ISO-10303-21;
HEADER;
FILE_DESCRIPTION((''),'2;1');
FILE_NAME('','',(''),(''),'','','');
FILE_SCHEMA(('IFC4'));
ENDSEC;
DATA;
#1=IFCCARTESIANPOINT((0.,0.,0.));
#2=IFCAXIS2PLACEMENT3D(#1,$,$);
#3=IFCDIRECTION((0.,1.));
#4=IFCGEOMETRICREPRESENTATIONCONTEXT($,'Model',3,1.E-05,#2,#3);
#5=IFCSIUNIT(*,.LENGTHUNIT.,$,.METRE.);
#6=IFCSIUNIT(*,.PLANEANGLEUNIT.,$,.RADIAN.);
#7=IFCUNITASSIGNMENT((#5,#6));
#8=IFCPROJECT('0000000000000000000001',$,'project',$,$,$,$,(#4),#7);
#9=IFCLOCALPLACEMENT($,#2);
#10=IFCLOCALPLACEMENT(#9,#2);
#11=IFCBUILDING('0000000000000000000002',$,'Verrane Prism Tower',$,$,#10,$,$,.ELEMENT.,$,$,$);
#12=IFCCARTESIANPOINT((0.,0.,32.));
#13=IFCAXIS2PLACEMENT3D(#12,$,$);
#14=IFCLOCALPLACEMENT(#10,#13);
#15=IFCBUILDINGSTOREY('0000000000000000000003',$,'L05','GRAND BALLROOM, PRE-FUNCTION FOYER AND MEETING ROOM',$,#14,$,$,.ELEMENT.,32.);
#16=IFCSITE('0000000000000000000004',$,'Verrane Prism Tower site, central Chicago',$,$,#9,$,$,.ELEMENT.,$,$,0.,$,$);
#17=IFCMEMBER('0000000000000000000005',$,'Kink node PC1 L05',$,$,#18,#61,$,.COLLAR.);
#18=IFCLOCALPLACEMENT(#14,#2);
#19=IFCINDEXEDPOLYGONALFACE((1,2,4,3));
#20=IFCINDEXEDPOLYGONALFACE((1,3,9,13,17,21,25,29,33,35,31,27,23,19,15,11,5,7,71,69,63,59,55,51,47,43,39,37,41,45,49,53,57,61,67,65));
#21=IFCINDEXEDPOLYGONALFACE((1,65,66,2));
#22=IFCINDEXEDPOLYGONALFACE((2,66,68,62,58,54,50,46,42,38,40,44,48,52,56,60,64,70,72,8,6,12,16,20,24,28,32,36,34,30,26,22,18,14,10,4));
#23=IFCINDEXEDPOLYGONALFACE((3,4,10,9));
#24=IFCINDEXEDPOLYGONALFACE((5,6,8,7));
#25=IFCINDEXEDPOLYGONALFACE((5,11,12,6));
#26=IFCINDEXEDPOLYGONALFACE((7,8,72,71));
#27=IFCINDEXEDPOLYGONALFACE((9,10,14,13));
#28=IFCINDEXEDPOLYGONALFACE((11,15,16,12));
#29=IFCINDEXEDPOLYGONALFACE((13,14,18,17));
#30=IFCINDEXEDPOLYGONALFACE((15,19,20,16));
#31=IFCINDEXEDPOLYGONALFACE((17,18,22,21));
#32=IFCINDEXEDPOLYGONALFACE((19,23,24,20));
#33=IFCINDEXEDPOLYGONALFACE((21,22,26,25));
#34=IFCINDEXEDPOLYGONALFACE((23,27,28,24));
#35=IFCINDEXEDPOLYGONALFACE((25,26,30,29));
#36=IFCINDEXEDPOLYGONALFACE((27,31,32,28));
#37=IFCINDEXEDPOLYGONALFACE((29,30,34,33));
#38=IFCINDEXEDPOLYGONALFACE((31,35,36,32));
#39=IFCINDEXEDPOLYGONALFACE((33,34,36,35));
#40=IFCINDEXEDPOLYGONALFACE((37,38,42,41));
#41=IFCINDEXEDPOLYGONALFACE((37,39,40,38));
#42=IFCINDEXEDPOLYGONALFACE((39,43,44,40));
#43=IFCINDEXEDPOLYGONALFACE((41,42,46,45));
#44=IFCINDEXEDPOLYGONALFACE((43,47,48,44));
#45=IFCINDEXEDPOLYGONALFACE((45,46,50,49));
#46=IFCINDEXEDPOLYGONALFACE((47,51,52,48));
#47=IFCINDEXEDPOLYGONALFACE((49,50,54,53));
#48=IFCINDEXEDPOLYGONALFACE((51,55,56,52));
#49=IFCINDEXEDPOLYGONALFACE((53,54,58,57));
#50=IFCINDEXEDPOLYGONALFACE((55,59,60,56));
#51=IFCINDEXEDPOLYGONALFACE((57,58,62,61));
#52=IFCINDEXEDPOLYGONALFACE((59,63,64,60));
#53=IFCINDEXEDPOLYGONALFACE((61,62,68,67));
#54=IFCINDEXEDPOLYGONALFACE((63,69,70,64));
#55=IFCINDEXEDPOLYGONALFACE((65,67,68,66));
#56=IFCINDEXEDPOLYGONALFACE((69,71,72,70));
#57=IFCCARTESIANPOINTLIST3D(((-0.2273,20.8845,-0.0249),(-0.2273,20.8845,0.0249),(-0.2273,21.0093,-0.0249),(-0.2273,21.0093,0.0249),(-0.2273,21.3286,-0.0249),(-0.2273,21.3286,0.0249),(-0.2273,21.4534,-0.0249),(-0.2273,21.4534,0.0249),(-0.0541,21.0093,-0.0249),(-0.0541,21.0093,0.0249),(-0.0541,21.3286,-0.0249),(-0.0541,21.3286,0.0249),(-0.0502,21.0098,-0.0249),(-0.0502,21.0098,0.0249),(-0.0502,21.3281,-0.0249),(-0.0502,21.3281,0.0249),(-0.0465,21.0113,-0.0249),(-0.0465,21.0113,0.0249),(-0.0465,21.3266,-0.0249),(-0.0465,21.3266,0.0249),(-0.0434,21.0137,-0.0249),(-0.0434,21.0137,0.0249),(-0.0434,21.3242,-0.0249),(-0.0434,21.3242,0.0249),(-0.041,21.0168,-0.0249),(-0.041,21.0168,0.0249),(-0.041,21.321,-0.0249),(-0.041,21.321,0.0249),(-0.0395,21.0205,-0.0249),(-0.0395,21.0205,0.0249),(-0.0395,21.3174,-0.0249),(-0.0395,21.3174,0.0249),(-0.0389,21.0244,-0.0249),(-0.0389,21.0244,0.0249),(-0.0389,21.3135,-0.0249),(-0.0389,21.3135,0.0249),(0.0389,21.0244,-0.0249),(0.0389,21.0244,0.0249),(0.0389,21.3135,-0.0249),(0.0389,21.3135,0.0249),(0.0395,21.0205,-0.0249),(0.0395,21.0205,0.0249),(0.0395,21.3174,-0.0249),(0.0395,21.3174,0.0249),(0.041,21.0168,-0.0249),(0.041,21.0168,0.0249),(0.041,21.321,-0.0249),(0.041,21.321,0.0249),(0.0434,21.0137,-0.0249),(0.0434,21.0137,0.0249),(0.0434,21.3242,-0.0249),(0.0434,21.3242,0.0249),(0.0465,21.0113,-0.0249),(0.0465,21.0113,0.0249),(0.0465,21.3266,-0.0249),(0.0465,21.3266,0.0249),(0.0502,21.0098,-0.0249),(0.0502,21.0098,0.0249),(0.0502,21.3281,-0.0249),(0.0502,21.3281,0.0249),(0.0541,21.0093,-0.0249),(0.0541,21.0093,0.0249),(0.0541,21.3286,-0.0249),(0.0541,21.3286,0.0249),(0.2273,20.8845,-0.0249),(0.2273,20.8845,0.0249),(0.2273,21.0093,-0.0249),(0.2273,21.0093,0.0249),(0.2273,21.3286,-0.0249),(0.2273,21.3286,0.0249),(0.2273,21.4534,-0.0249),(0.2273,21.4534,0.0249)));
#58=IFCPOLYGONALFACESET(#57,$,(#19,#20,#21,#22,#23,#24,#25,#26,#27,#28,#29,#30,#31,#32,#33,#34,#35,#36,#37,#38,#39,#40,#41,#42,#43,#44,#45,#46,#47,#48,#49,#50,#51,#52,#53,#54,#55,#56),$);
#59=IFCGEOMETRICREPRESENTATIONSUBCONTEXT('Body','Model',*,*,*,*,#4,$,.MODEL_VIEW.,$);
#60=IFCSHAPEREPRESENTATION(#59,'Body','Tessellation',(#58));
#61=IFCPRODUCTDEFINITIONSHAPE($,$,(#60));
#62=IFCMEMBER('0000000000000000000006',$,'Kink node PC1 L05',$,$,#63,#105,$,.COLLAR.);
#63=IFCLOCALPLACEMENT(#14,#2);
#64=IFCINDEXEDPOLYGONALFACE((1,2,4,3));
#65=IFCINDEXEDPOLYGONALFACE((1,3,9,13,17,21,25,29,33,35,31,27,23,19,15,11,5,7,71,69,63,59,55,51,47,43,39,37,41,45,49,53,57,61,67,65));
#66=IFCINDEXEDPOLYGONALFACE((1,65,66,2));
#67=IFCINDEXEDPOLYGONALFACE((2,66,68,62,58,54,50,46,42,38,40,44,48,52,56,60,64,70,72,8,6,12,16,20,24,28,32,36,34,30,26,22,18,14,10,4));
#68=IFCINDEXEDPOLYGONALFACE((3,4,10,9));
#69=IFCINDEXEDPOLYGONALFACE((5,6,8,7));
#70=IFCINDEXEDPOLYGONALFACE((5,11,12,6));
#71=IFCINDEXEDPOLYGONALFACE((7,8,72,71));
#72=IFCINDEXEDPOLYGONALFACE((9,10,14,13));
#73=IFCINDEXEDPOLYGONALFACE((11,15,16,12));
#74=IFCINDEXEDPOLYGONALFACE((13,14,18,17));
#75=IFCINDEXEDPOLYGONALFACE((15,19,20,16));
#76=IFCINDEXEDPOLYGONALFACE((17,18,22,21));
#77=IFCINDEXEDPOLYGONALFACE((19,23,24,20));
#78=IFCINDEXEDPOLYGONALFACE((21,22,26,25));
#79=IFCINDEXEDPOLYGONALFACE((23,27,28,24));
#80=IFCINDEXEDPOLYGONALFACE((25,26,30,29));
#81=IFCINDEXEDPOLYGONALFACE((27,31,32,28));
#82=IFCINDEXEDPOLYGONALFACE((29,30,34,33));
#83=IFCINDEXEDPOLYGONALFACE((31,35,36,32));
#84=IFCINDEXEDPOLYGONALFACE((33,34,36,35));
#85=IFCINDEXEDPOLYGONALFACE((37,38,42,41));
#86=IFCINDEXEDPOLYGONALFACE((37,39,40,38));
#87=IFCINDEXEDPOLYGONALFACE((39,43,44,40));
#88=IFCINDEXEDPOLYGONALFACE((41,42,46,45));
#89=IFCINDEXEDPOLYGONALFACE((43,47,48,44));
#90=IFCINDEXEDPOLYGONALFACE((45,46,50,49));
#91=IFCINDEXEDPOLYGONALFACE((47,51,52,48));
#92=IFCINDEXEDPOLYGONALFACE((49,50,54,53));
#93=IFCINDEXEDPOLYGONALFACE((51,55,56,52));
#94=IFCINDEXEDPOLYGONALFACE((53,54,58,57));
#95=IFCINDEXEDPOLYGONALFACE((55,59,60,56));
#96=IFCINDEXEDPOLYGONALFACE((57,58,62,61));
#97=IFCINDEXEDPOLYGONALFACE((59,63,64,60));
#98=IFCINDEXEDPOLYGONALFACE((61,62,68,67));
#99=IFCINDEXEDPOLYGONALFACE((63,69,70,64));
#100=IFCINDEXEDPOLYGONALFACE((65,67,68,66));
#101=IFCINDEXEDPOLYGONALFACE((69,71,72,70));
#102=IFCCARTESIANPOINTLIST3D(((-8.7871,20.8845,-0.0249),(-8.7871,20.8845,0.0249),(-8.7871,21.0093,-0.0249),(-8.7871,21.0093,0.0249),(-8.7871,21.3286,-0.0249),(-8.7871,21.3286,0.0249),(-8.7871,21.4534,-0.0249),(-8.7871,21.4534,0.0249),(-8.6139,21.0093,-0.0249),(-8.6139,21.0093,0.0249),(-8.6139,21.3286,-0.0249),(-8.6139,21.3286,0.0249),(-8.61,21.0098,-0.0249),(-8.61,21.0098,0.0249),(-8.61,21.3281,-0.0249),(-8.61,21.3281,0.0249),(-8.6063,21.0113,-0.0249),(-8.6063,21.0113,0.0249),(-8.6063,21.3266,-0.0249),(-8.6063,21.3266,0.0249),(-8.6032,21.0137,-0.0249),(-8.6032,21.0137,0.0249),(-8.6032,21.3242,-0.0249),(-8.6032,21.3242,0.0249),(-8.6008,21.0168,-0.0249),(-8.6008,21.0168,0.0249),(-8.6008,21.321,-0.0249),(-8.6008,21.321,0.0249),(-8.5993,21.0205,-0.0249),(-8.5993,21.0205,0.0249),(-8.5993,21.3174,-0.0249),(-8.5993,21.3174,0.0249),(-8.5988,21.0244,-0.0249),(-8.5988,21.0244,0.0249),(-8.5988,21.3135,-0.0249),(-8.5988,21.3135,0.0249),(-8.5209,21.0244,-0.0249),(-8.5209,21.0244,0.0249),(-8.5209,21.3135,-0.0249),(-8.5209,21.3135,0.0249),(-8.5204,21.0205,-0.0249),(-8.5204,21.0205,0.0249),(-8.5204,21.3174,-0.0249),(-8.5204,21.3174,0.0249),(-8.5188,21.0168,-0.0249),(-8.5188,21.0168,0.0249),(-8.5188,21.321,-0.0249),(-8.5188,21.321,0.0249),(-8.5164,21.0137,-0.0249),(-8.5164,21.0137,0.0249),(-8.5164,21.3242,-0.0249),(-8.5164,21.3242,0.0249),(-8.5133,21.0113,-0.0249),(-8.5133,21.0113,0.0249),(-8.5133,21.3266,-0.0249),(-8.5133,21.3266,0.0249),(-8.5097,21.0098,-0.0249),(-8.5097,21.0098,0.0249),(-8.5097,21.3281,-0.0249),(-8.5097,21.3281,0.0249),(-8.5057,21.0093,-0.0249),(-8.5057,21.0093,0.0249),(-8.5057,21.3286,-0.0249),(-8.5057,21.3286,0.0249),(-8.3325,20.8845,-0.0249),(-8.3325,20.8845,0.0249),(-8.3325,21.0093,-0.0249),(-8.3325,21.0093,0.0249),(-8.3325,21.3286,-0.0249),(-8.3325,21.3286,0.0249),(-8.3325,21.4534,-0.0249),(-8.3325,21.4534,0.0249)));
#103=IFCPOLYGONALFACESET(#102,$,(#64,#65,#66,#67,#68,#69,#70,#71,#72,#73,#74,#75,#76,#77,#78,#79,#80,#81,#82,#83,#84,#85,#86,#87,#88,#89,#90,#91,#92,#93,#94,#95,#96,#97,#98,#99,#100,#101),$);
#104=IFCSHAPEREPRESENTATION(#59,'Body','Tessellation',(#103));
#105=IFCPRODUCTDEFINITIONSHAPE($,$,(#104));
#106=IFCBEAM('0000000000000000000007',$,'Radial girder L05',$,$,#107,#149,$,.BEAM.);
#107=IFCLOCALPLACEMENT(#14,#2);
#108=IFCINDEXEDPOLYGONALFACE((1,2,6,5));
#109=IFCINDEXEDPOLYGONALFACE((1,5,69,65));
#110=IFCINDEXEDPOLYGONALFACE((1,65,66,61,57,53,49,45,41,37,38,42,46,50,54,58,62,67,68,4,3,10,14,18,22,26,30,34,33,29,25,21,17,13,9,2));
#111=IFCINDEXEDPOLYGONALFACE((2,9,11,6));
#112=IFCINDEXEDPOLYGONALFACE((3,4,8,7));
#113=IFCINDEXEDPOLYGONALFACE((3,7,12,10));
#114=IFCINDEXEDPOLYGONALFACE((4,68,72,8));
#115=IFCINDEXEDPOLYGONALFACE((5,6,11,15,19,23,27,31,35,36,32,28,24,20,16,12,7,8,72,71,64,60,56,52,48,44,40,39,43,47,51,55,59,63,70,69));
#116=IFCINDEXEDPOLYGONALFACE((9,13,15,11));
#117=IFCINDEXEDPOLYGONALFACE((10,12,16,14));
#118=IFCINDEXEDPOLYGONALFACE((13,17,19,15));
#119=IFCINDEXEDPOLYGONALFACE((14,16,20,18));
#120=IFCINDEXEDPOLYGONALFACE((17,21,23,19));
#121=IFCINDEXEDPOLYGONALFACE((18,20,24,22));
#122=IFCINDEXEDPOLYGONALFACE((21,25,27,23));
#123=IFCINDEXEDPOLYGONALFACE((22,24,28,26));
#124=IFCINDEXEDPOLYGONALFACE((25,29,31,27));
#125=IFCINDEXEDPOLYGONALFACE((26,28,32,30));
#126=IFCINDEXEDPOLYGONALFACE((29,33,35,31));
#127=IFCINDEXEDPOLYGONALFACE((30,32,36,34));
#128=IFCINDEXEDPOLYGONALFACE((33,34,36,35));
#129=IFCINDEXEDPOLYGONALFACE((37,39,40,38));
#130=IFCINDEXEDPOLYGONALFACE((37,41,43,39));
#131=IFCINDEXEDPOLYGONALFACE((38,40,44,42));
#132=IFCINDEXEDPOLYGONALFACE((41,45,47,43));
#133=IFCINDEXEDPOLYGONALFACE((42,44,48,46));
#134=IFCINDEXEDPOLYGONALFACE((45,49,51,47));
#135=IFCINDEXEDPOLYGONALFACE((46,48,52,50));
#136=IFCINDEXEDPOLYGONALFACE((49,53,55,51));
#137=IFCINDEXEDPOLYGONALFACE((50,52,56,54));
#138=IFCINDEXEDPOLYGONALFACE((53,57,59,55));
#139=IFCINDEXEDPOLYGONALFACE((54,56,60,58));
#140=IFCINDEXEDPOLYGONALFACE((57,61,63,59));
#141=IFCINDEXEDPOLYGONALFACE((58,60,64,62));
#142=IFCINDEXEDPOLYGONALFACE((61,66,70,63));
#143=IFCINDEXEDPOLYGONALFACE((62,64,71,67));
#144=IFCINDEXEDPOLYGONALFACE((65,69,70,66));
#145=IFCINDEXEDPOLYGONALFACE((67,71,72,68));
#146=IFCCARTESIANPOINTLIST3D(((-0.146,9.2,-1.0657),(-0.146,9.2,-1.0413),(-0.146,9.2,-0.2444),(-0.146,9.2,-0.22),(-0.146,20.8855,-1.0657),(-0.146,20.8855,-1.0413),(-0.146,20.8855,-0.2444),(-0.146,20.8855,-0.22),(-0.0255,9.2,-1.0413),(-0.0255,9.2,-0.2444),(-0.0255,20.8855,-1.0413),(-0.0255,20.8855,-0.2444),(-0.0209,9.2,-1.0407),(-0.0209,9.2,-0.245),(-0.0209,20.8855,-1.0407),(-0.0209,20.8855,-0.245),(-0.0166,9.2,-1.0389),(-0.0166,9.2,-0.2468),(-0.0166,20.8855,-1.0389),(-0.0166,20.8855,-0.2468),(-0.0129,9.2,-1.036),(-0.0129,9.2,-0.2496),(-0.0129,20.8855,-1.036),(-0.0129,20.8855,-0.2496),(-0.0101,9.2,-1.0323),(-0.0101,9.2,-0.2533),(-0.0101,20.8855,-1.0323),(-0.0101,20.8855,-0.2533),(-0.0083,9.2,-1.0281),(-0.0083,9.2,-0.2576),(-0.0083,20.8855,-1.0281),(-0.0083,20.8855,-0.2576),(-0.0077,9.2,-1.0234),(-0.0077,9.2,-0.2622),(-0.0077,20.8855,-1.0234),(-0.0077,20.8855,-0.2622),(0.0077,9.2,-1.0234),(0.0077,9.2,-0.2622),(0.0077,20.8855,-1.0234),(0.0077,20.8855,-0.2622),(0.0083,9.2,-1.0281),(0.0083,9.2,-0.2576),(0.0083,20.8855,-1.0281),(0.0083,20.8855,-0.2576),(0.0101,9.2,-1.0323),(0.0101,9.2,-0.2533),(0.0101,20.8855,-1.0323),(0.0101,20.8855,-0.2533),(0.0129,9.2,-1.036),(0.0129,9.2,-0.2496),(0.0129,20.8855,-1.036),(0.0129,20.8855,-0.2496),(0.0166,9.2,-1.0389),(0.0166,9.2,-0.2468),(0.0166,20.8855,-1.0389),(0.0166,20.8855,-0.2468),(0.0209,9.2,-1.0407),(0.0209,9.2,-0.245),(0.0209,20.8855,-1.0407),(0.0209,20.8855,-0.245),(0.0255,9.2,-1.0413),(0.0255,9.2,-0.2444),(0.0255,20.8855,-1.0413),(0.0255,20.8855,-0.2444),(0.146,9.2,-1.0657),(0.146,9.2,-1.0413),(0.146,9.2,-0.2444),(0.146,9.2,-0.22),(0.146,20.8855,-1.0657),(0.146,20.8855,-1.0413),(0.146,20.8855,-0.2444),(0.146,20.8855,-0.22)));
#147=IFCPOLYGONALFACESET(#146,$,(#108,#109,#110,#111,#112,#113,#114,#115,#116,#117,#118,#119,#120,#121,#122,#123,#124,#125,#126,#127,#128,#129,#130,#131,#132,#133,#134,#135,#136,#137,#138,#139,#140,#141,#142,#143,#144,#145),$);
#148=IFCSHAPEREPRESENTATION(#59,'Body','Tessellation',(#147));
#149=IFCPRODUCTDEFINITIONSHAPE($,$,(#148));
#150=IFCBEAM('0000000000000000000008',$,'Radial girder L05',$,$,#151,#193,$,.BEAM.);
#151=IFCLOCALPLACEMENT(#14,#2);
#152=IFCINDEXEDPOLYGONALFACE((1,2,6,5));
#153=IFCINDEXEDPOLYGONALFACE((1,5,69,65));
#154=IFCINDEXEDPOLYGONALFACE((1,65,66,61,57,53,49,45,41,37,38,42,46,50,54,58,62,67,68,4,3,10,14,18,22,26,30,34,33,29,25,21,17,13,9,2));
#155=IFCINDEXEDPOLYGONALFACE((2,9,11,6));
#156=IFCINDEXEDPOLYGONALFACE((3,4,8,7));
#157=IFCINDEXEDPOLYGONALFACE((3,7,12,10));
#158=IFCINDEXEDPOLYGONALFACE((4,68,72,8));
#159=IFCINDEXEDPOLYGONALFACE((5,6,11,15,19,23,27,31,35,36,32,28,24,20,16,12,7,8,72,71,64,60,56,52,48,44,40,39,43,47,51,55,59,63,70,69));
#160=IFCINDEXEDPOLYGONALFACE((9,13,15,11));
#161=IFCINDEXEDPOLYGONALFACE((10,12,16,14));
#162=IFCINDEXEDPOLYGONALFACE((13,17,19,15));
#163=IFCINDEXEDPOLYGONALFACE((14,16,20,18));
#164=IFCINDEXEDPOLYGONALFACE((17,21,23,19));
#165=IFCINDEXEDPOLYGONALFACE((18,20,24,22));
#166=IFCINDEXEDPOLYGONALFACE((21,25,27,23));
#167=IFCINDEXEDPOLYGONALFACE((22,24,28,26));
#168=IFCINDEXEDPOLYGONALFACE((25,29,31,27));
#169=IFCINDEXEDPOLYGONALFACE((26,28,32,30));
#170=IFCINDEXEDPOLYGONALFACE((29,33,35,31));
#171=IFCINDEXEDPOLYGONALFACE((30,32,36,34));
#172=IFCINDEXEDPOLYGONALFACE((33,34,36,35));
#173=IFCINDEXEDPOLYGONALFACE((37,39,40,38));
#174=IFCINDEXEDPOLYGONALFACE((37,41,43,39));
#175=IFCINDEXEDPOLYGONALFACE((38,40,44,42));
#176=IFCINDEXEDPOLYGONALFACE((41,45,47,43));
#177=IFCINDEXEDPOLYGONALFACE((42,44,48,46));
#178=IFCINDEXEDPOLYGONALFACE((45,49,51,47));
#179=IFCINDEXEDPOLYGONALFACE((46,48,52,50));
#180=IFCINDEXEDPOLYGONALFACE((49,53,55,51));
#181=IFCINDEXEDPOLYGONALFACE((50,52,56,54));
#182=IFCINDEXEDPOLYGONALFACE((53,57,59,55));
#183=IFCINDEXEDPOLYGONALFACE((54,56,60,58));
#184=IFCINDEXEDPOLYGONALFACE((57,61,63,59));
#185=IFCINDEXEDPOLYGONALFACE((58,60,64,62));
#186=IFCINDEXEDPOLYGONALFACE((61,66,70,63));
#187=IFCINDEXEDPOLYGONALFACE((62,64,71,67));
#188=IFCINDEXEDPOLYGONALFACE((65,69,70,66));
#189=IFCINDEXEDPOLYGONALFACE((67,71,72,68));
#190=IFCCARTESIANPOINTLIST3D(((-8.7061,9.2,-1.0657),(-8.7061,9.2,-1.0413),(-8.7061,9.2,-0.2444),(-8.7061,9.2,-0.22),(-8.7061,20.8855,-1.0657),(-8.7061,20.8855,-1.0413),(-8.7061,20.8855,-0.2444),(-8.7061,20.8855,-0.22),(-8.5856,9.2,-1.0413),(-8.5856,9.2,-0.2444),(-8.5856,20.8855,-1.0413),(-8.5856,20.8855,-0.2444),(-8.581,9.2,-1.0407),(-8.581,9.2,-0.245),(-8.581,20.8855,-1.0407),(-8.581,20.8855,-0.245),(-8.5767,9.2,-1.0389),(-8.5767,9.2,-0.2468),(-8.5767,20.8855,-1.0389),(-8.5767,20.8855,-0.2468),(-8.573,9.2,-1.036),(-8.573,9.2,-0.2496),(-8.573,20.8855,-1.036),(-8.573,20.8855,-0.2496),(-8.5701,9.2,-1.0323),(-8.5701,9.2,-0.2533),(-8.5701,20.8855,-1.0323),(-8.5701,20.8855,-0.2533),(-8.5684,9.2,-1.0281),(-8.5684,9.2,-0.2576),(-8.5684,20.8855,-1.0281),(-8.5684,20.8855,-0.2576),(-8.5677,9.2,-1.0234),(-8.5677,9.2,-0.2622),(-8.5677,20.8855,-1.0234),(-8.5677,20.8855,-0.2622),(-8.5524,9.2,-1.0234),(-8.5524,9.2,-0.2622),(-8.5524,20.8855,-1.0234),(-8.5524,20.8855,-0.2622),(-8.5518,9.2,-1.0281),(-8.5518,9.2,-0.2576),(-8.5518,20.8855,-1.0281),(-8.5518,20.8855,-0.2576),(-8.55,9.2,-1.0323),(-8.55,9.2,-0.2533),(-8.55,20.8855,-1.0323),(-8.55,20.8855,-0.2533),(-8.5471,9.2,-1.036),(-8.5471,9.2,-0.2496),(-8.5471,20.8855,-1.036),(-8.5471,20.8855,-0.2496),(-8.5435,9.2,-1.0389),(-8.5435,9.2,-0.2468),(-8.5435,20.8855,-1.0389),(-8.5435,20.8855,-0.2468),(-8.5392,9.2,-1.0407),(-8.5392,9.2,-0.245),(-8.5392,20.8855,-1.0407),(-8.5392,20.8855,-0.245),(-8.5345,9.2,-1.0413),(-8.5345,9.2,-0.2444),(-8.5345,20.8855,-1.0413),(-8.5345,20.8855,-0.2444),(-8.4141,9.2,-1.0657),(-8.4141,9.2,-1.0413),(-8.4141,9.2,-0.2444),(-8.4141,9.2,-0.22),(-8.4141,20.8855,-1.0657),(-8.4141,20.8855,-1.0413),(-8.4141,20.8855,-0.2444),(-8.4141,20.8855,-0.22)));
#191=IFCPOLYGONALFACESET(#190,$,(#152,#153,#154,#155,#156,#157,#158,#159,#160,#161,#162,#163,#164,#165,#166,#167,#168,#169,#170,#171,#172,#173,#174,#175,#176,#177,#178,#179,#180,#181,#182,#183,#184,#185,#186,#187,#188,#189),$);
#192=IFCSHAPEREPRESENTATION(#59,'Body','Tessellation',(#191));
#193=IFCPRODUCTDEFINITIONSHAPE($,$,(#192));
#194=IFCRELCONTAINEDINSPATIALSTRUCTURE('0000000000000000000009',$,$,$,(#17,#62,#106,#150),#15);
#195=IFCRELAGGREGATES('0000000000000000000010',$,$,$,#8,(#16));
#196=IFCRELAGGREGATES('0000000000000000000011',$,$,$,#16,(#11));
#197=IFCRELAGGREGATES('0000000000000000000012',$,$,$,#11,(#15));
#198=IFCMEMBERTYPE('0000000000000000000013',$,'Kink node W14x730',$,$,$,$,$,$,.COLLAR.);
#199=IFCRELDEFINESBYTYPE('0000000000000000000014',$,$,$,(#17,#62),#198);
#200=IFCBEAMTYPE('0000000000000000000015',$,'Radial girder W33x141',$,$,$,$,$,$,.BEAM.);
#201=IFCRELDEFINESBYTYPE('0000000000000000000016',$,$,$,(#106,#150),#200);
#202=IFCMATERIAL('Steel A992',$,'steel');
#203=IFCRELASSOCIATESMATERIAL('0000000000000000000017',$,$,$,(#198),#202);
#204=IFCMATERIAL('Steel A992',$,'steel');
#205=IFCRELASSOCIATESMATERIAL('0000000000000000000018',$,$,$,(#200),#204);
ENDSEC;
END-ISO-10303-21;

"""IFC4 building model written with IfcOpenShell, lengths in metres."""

from ifc_helpers import new_model, si_unit, direction, frame, origin, origin_2d, place, context, subcontext, project, spatial, i_section, extrude, material, material_profile, profile_set, type_object, element, save


model = new_model("IFC4")

# Units and contexts
model_context = context("Model", 3, precision=1e-05, world=origin(), true_north=direction((0.0, 1.0)))
body_context = subcontext(model_context, "Body", "Model", "MODEL_VIEW")
ifc_project = project(units=[si_unit("LENGTHUNIT", "METRE"), si_unit("PLANEANGLEUNIT", "RADIAN")], contexts=[model_context])

# Site, building, storey
site_placement = place(None, origin())
site = spatial("IfcSite", under=ifc_project, at=site_placement, Name="Verrane Prism Tower site, central Chicago", CompositionType="ELEMENT", RefElevation=0.0)
building_placement = place(site_placement, origin())
building = spatial("IfcBuilding", under=site, at=building_placement, Name="Verrane Prism Tower", CompositionType="ELEMENT")
storey_placement = place(building_placement, frame((0.0, 0.0, 32.0)))
storey = spatial("IfcBuildingStorey", under=building, at=storey_placement, Name="L05", Description="GRAND BALLROOM, PRE-FUNCTION FOYER AND MEETING ROOM", CompositionType="ELEMENT", Elevation=32.0)

# Members
ifc_material_1 = material(Name="Steel A992", Category="steel")
ifc_material_profile_1 = material_profile(ifc_material_1, i_section(OverallWidth=0.4546, OverallDepth=0.5688, WebThickness=0.0779, FlangeThickness=0.1248, FilletRadius=0.0151, at=origin_2d()), Name="W14x730")
ifc_profile_set_1 = profile_set([ifc_material_profile_1], Name="Steel A992")
member_type_1 = type_object("IfcMemberType", Name="Kink node W14x730", PredefinedType="COLLAR", material=ifc_profile_set_1)
for number, where, z_axis, x_axis, name in (
    (1, (0.0, 21.1689, -0.0249), (0.0, 0.0, 1.0), (1.0, 0.0, 0.0), "Kink node PC1 L05"),
    (2, (-8.5598, 21.1689, -0.0249), (0.0, 0.0, 1.0), (1.0, 0.0, 0.0), "Kink node PC1 L05"),
):
    element("IfcMember", number, at=place(storey_placement, frame(where, z_axis=z_axis, x_axis=x_axis)), inside=storey, type_object=member_type_1, Name=name, PredefinedType="COLLAR", context=body_context, shape_type="SweptSolid", body=[
        extrude(i_section(OverallWidth=0.4546, OverallDepth=0.5688, WebThickness=0.0779, FlangeThickness=0.1248, FilletRadius=0.0151, at=origin_2d()), origin(), (0.0, 0.0, 1.0), 0.0498),
    ])

# Beams
ifc_material_2 = material(Name="Steel A992", Category="steel")
ifc_material_profile_2 = material_profile(ifc_material_2, i_section(OverallWidth=0.292, OverallDepth=0.8457, WebThickness=0.0154, FlangeThickness=0.0244, FilletRadius=0.0178, at=origin_2d()), Name="W33x141")
ifc_profile_set_2 = profile_set([ifc_material_profile_2], Name="Steel A992")
beam_type_1 = type_object("IfcBeamType", Name="Radial girder W33x141", PredefinedType="BEAM", material=ifc_profile_set_2)
for number, where, z_axis, x_axis, name in (
    (3, (0.0, 20.8855, -0.6428), (0.0, -1.0, 0.0), (1.0, 0.0, 0.0), "Radial girder L05"),
    (4, (-8.5601, 20.8855, -0.6428), (0.0, -1.0, 0.0), (1.0, 0.0, 0.0), "Radial girder L05"),
):
    element("IfcBeam", number, at=place(storey_placement, frame(where, z_axis=z_axis, x_axis=x_axis)), inside=storey, type_object=beam_type_1, Name=name, PredefinedType="BEAM", context=body_context, shape_type="SweptSolid", body=[
        extrude(i_section(OverallWidth=0.292, OverallDepth=0.8457, WebThickness=0.0154, FlangeThickness=0.0244, FilletRadius=0.0178, at=origin_2d()), origin(), (0.0, 0.0, 1.0), 11.6855),
    ])

save(model, "model.ifc")
